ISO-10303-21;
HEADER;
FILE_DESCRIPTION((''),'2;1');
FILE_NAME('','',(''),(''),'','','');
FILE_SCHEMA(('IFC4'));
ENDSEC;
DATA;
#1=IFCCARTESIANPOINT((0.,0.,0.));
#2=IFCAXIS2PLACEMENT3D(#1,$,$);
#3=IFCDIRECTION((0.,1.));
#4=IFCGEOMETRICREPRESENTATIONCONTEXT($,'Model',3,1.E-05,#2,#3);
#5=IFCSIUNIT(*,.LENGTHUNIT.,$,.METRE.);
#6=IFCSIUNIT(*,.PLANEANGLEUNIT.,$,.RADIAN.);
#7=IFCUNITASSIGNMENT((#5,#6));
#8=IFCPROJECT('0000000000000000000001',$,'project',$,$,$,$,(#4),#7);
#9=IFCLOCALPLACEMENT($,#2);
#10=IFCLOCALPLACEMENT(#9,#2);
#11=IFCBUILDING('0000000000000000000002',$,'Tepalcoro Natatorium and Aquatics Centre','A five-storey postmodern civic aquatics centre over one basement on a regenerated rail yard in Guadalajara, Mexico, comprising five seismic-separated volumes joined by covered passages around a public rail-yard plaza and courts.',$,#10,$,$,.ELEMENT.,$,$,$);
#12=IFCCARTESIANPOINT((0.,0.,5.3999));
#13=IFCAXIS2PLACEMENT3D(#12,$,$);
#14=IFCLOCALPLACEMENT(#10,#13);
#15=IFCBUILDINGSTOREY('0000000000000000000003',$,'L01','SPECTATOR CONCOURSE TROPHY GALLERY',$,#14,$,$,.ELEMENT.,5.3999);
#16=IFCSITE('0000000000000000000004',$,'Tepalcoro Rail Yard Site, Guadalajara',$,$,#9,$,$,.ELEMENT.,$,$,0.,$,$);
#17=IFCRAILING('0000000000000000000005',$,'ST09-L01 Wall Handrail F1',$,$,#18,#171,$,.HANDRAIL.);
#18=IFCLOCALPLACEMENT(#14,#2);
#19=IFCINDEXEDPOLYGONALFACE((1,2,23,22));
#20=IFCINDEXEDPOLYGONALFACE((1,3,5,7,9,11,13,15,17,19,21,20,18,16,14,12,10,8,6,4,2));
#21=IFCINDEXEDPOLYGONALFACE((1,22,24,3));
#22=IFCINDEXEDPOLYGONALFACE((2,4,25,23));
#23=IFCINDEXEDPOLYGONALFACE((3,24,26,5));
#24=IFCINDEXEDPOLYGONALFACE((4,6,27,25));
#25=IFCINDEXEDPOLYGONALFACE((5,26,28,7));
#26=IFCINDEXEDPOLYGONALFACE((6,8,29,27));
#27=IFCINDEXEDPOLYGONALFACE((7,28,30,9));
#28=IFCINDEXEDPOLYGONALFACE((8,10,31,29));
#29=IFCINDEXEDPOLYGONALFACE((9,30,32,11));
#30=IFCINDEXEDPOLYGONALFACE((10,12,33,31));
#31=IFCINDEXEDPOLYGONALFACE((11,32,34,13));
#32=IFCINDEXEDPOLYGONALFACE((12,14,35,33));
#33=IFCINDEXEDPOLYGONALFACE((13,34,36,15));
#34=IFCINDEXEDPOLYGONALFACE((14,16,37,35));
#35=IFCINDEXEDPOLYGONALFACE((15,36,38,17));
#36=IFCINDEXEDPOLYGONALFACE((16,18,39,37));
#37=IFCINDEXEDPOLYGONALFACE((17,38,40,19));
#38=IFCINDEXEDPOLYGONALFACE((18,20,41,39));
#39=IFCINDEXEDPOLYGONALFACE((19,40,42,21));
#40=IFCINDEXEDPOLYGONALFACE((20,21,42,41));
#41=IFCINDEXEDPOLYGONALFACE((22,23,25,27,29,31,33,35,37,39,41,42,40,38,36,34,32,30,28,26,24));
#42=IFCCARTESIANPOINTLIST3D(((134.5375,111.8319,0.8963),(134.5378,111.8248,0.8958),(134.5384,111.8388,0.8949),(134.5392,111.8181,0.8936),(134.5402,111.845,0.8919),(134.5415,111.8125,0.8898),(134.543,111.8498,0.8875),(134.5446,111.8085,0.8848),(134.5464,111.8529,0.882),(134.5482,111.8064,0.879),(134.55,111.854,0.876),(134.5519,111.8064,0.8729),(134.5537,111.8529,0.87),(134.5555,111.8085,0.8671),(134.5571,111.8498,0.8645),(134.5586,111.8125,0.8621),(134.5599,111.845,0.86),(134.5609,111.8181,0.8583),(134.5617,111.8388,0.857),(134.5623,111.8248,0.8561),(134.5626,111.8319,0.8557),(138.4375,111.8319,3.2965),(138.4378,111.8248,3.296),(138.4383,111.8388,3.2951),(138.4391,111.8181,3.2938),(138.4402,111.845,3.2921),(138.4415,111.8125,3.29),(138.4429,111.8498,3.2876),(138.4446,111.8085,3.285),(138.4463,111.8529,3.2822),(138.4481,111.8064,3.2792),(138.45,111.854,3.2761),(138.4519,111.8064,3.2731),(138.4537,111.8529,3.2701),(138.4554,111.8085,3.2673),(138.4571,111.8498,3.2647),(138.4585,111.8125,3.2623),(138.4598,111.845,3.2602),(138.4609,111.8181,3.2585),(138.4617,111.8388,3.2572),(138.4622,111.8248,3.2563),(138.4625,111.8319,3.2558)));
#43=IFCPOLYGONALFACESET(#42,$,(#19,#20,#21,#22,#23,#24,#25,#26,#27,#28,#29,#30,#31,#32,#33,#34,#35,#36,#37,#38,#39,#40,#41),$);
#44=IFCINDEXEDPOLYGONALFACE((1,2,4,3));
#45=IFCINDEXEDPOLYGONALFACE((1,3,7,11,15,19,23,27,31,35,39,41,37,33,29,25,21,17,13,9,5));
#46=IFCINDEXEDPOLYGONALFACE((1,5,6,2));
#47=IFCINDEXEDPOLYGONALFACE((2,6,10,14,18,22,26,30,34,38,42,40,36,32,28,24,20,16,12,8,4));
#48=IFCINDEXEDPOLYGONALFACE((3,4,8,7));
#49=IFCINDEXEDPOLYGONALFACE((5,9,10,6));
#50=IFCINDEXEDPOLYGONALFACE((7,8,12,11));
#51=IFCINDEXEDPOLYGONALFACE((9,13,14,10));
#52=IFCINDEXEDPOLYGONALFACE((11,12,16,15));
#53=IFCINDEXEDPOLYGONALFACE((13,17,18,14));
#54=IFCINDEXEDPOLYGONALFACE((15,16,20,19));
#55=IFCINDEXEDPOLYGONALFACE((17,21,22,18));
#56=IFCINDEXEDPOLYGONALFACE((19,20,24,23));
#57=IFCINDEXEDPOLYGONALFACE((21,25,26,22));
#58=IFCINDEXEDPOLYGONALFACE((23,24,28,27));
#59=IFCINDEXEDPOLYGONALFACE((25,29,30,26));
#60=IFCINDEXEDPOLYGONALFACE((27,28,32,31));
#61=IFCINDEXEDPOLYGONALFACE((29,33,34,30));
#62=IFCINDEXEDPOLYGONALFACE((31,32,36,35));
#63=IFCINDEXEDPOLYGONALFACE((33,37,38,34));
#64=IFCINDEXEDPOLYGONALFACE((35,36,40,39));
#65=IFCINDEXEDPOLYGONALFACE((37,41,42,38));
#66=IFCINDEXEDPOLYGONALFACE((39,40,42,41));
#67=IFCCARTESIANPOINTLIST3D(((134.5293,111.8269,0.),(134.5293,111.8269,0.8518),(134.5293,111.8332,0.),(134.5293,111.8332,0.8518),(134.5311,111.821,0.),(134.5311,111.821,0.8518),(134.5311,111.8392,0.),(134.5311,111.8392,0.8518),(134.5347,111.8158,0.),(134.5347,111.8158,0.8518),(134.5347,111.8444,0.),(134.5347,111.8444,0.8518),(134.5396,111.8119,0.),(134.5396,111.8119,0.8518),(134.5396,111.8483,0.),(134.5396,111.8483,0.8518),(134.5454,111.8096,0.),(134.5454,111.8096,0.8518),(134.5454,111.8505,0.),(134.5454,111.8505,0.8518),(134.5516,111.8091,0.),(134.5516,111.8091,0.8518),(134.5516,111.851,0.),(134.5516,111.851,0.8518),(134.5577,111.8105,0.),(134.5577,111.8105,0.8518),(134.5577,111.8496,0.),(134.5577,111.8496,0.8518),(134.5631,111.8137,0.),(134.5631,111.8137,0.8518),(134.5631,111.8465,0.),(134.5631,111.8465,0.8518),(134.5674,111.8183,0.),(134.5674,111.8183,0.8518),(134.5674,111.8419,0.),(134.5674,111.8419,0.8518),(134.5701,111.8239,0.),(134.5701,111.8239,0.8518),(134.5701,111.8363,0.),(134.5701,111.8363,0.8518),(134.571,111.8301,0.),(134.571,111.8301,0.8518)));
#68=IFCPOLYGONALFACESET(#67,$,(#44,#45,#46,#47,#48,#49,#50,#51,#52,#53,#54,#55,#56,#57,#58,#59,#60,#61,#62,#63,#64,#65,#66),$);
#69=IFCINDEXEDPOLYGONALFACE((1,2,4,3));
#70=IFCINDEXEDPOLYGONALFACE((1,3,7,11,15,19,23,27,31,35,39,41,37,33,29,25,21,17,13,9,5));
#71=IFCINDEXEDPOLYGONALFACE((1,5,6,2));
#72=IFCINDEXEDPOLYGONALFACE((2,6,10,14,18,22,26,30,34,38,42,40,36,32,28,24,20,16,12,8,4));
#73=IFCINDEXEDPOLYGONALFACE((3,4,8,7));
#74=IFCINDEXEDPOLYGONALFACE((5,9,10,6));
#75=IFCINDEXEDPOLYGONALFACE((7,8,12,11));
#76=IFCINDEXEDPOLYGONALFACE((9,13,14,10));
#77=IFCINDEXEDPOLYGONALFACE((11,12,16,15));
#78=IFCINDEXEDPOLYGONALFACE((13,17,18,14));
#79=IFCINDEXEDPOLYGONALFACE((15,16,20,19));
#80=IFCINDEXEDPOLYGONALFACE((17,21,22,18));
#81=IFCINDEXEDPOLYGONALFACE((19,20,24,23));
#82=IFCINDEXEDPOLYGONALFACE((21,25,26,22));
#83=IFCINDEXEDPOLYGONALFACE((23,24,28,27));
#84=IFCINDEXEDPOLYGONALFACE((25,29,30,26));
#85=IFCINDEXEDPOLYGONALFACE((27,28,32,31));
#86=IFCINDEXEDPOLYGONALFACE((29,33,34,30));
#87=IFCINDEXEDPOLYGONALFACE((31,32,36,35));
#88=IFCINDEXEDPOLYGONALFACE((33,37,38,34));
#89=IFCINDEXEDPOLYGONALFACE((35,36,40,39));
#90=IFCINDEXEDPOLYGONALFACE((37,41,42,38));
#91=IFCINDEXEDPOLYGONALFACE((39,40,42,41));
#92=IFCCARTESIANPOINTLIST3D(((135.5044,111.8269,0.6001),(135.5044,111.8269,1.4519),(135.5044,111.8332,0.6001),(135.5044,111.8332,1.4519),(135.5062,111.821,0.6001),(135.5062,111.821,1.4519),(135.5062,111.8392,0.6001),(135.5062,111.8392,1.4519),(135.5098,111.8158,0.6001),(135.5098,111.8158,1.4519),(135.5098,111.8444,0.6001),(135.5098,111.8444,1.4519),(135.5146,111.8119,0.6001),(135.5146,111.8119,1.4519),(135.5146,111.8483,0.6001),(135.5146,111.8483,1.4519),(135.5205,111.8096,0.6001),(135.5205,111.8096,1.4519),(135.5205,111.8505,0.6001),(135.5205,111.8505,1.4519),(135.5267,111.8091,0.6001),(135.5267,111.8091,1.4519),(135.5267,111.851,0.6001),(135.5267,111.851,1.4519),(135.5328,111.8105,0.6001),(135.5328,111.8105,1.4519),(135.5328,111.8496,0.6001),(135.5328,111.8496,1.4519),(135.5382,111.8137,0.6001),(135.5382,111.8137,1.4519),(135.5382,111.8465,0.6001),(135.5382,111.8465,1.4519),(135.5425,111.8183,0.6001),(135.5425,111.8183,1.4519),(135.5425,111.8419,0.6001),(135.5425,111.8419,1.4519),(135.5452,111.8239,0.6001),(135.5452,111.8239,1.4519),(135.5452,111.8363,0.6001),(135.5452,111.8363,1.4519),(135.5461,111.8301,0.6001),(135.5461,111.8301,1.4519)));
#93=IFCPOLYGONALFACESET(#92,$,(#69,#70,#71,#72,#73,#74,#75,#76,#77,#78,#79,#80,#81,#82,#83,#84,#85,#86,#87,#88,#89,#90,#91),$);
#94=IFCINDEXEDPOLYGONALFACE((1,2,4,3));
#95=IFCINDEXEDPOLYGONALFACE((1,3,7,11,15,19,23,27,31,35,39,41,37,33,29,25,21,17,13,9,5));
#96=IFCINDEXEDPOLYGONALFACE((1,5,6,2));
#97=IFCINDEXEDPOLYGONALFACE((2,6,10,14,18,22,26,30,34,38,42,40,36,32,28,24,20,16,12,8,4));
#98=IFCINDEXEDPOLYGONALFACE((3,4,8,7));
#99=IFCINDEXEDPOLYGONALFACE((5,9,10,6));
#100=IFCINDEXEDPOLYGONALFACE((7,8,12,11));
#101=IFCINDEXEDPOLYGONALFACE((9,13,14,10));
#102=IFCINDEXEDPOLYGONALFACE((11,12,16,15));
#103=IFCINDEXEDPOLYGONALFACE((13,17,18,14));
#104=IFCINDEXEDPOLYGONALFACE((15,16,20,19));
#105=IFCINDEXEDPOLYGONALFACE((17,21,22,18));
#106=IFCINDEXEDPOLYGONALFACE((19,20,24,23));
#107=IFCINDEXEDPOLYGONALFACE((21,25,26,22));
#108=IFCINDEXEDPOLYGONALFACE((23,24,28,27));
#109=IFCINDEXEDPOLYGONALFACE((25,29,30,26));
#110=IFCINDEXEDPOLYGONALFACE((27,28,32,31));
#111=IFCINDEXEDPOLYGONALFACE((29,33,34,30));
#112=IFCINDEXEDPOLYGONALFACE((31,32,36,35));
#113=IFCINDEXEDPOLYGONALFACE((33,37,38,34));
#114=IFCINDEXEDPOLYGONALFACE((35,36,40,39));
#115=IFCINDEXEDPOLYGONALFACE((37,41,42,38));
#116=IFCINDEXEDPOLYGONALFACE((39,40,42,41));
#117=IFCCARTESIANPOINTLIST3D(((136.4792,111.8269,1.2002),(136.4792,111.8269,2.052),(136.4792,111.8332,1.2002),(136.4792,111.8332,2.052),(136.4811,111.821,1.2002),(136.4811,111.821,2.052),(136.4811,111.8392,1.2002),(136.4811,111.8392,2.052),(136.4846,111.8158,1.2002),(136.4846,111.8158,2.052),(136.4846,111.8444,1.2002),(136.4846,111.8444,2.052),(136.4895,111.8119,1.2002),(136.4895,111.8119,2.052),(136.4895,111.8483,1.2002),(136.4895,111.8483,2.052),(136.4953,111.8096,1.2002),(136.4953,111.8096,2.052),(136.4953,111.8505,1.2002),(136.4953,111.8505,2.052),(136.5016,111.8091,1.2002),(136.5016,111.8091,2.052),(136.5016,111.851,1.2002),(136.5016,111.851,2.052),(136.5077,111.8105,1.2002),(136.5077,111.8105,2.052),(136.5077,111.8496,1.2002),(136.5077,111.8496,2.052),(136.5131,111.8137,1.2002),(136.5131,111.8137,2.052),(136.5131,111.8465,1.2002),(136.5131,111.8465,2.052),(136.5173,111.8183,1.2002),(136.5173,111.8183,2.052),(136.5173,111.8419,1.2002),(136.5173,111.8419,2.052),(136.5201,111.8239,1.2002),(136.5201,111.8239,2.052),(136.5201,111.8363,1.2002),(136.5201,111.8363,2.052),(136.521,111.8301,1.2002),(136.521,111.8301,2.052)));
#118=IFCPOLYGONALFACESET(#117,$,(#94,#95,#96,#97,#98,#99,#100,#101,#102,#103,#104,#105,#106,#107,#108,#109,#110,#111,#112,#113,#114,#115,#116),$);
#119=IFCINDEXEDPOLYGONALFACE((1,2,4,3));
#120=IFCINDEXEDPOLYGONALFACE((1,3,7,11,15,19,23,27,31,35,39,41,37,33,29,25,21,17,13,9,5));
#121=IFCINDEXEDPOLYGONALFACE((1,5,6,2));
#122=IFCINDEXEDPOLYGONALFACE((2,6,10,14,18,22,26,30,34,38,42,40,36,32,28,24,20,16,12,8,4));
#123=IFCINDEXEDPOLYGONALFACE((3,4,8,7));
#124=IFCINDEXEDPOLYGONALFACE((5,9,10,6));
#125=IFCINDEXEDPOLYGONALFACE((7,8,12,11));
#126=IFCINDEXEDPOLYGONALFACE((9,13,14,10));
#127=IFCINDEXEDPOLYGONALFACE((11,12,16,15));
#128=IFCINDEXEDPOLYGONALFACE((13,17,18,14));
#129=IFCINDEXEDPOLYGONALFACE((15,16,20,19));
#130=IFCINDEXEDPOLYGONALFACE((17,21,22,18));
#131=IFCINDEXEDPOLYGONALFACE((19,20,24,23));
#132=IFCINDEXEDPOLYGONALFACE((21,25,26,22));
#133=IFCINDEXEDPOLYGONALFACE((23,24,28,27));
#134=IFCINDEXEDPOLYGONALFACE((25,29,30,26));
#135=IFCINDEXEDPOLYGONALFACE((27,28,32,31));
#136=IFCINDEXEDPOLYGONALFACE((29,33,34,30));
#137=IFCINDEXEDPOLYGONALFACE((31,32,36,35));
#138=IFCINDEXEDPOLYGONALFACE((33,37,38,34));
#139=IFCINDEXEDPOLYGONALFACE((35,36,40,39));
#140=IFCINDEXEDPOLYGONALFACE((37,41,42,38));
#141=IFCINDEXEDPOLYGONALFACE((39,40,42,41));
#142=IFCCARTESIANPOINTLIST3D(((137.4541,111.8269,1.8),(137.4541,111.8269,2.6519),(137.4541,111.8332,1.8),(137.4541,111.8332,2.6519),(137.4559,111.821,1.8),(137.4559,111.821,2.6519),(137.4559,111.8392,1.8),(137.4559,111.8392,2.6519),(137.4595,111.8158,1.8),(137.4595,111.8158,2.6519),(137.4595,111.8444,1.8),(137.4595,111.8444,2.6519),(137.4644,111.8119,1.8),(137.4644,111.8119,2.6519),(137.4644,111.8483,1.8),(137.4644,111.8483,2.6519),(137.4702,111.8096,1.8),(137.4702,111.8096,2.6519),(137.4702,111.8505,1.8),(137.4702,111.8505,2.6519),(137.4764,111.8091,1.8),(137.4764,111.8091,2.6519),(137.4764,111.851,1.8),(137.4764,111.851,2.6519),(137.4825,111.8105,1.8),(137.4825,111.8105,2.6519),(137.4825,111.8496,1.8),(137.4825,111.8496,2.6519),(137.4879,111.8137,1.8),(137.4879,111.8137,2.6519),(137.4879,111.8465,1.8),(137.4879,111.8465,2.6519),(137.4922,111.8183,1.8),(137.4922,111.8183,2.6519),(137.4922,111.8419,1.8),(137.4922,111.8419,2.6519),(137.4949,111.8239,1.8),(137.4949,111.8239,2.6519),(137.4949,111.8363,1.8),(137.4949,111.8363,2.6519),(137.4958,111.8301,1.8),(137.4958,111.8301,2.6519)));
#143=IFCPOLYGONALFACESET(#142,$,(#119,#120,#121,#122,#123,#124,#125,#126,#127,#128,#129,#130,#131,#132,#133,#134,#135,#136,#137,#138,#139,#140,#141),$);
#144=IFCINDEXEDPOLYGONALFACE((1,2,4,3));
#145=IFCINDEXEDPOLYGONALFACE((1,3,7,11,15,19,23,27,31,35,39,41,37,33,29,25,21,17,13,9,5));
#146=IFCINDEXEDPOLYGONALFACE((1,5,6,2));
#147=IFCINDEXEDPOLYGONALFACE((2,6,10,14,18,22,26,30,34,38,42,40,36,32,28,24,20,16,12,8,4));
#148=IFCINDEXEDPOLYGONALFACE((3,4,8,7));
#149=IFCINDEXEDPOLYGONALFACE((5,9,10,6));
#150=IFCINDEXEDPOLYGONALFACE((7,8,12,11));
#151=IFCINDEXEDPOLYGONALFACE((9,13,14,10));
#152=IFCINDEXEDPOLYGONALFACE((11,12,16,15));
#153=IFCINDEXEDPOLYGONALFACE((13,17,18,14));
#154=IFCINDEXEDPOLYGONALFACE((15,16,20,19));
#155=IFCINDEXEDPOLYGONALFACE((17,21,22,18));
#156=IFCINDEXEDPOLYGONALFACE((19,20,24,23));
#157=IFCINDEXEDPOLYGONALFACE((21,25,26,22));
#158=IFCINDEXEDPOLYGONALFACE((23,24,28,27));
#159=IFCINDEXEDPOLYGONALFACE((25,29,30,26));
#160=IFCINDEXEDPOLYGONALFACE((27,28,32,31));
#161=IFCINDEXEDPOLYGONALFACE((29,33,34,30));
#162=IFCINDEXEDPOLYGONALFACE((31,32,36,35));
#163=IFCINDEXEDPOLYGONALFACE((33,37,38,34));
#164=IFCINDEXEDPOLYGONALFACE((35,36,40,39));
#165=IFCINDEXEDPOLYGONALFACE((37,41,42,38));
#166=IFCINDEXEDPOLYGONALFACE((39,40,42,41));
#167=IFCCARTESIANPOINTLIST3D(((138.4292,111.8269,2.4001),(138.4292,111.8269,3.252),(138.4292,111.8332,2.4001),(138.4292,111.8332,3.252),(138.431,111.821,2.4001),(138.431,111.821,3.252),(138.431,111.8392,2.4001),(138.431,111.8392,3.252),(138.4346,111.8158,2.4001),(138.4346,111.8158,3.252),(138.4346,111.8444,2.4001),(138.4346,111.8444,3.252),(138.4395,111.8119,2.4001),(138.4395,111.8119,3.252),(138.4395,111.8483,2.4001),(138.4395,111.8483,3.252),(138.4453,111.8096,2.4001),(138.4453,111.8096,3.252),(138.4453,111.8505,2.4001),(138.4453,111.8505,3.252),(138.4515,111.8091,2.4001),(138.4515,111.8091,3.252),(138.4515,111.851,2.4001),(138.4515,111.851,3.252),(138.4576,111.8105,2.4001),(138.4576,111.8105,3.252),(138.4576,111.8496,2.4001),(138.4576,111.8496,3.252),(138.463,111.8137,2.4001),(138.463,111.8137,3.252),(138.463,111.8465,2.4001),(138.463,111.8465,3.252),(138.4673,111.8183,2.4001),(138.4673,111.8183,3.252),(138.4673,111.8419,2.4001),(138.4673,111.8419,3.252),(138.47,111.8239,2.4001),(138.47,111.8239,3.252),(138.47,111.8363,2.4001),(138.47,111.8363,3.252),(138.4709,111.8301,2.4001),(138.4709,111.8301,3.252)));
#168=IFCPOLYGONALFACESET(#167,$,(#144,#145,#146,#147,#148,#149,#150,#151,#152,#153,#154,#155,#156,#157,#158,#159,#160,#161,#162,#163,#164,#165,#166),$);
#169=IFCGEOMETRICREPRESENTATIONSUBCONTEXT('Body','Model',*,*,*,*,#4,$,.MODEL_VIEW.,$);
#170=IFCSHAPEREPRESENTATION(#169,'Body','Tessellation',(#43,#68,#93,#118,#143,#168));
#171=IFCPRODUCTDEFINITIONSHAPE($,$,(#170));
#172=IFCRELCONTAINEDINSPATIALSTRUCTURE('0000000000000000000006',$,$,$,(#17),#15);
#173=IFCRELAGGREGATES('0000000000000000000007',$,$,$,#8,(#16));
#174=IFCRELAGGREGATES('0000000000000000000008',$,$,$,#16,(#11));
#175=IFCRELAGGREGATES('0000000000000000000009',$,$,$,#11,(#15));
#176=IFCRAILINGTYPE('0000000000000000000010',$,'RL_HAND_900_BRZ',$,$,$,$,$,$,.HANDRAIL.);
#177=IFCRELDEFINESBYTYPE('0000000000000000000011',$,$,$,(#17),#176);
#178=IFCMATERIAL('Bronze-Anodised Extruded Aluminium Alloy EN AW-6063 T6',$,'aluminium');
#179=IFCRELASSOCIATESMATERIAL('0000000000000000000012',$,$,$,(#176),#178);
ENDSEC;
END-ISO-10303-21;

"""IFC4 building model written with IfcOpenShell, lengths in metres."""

from ifc_helpers import new_model, si_unit, direction, frame, origin, origin_2d, place, context, subcontext, project, spatial, circle, extrude, material, type_object, element, save


model = new_model("IFC4")

# Units and contexts
model_context = context("Model", 3, precision=1e-05, world=origin(), true_north=direction((0.0, 1.0)))
body_context = subcontext(model_context, "Body", "Model", "MODEL_VIEW")
ifc_project = project(units=[si_unit("LENGTHUNIT", "METRE"), si_unit("PLANEANGLEUNIT", "RADIAN")], contexts=[model_context])

# Site, building, storey
site_placement = place(None, origin())
site = spatial("IfcSite", under=ifc_project, at=site_placement, Name="Tepalcoro Rail Yard Site, Guadalajara", CompositionType="ELEMENT", RefElevation=0.0)
building_placement = place(site_placement, origin())
building = spatial("IfcBuilding", under=site, at=building_placement, Name="Tepalcoro Natatorium and Aquatics Centre", Description="A five-storey postmodern civic aquatics centre over one basement on a regenerated rail yard in Guadalajara, Mexico, comprising five seismic-separated volumes joined by covered passages around a public rail-yard plaza and courts.", CompositionType="ELEMENT")
storey_placement = place(building_placement, frame((0.0, 0.0, 5.3999)))
storey = spatial("IfcBuildingStorey", under=building, at=storey_placement, Name="L01", Description="SPECTATOR CONCOURSE TROPHY GALLERY", CompositionType="ELEMENT", Elevation=5.3999)

# Shared definitions
ifc_material_1 = material(Name="Bronze-Anodised Extruded Aluminium Alloy EN AW-6063 T6", Category="aluminium")

# Railing
railing_type_1 = type_object("IfcRailingType", Name="RL_HAND_900_BRZ", PredefinedType="HANDRAIL", material=ifc_material_1)
railing_1_placement = place(storey_placement, frame((134.55, 111.8301, 0.0)))
element("IfcRailing", 1, at=railing_1_placement, inside=storey, type_object=railing_type_1, Name="ST09-L01 Wall Handrail F1", PredefinedType="HANDRAIL", context=body_context, shape_type="SweptSolid", body=[
    extrude(circle(Radius=0.0239, at=origin_2d()), frame((0.0, 0.0, 0.876), z_axis=(0.851638, 0.0, 0.52413), x_axis=(0.0, 1.0, 0.0)), (0.0, 0.0, 1.0), 4.5793),
    extrude(circle(Radius=0.021, at=origin_2d()), origin(), (0.0, 0.0, 1.0), 0.8518),
    extrude(circle(Radius=0.021, at=origin_2d()), frame((0.9751, 0.0, 0.6001)), (0.0, 0.0, 1.0), 0.8518),
    extrude(circle(Radius=0.021, at=origin_2d()), frame((1.95, 0.0, 1.2002)), (0.0, 0.0, 1.0), 0.8518),
    extrude(circle(Radius=0.021, at=origin_2d()), frame((2.9248, 0.0, 1.8)), (0.0, 0.0, 1.0), 0.8518),
    extrude(circle(Radius=0.021, at=origin_2d()), frame((3.8999, 0.0, 2.4001)), (0.0, 0.0, 1.0), 0.8518),
])

save(model, "model.ifc")
